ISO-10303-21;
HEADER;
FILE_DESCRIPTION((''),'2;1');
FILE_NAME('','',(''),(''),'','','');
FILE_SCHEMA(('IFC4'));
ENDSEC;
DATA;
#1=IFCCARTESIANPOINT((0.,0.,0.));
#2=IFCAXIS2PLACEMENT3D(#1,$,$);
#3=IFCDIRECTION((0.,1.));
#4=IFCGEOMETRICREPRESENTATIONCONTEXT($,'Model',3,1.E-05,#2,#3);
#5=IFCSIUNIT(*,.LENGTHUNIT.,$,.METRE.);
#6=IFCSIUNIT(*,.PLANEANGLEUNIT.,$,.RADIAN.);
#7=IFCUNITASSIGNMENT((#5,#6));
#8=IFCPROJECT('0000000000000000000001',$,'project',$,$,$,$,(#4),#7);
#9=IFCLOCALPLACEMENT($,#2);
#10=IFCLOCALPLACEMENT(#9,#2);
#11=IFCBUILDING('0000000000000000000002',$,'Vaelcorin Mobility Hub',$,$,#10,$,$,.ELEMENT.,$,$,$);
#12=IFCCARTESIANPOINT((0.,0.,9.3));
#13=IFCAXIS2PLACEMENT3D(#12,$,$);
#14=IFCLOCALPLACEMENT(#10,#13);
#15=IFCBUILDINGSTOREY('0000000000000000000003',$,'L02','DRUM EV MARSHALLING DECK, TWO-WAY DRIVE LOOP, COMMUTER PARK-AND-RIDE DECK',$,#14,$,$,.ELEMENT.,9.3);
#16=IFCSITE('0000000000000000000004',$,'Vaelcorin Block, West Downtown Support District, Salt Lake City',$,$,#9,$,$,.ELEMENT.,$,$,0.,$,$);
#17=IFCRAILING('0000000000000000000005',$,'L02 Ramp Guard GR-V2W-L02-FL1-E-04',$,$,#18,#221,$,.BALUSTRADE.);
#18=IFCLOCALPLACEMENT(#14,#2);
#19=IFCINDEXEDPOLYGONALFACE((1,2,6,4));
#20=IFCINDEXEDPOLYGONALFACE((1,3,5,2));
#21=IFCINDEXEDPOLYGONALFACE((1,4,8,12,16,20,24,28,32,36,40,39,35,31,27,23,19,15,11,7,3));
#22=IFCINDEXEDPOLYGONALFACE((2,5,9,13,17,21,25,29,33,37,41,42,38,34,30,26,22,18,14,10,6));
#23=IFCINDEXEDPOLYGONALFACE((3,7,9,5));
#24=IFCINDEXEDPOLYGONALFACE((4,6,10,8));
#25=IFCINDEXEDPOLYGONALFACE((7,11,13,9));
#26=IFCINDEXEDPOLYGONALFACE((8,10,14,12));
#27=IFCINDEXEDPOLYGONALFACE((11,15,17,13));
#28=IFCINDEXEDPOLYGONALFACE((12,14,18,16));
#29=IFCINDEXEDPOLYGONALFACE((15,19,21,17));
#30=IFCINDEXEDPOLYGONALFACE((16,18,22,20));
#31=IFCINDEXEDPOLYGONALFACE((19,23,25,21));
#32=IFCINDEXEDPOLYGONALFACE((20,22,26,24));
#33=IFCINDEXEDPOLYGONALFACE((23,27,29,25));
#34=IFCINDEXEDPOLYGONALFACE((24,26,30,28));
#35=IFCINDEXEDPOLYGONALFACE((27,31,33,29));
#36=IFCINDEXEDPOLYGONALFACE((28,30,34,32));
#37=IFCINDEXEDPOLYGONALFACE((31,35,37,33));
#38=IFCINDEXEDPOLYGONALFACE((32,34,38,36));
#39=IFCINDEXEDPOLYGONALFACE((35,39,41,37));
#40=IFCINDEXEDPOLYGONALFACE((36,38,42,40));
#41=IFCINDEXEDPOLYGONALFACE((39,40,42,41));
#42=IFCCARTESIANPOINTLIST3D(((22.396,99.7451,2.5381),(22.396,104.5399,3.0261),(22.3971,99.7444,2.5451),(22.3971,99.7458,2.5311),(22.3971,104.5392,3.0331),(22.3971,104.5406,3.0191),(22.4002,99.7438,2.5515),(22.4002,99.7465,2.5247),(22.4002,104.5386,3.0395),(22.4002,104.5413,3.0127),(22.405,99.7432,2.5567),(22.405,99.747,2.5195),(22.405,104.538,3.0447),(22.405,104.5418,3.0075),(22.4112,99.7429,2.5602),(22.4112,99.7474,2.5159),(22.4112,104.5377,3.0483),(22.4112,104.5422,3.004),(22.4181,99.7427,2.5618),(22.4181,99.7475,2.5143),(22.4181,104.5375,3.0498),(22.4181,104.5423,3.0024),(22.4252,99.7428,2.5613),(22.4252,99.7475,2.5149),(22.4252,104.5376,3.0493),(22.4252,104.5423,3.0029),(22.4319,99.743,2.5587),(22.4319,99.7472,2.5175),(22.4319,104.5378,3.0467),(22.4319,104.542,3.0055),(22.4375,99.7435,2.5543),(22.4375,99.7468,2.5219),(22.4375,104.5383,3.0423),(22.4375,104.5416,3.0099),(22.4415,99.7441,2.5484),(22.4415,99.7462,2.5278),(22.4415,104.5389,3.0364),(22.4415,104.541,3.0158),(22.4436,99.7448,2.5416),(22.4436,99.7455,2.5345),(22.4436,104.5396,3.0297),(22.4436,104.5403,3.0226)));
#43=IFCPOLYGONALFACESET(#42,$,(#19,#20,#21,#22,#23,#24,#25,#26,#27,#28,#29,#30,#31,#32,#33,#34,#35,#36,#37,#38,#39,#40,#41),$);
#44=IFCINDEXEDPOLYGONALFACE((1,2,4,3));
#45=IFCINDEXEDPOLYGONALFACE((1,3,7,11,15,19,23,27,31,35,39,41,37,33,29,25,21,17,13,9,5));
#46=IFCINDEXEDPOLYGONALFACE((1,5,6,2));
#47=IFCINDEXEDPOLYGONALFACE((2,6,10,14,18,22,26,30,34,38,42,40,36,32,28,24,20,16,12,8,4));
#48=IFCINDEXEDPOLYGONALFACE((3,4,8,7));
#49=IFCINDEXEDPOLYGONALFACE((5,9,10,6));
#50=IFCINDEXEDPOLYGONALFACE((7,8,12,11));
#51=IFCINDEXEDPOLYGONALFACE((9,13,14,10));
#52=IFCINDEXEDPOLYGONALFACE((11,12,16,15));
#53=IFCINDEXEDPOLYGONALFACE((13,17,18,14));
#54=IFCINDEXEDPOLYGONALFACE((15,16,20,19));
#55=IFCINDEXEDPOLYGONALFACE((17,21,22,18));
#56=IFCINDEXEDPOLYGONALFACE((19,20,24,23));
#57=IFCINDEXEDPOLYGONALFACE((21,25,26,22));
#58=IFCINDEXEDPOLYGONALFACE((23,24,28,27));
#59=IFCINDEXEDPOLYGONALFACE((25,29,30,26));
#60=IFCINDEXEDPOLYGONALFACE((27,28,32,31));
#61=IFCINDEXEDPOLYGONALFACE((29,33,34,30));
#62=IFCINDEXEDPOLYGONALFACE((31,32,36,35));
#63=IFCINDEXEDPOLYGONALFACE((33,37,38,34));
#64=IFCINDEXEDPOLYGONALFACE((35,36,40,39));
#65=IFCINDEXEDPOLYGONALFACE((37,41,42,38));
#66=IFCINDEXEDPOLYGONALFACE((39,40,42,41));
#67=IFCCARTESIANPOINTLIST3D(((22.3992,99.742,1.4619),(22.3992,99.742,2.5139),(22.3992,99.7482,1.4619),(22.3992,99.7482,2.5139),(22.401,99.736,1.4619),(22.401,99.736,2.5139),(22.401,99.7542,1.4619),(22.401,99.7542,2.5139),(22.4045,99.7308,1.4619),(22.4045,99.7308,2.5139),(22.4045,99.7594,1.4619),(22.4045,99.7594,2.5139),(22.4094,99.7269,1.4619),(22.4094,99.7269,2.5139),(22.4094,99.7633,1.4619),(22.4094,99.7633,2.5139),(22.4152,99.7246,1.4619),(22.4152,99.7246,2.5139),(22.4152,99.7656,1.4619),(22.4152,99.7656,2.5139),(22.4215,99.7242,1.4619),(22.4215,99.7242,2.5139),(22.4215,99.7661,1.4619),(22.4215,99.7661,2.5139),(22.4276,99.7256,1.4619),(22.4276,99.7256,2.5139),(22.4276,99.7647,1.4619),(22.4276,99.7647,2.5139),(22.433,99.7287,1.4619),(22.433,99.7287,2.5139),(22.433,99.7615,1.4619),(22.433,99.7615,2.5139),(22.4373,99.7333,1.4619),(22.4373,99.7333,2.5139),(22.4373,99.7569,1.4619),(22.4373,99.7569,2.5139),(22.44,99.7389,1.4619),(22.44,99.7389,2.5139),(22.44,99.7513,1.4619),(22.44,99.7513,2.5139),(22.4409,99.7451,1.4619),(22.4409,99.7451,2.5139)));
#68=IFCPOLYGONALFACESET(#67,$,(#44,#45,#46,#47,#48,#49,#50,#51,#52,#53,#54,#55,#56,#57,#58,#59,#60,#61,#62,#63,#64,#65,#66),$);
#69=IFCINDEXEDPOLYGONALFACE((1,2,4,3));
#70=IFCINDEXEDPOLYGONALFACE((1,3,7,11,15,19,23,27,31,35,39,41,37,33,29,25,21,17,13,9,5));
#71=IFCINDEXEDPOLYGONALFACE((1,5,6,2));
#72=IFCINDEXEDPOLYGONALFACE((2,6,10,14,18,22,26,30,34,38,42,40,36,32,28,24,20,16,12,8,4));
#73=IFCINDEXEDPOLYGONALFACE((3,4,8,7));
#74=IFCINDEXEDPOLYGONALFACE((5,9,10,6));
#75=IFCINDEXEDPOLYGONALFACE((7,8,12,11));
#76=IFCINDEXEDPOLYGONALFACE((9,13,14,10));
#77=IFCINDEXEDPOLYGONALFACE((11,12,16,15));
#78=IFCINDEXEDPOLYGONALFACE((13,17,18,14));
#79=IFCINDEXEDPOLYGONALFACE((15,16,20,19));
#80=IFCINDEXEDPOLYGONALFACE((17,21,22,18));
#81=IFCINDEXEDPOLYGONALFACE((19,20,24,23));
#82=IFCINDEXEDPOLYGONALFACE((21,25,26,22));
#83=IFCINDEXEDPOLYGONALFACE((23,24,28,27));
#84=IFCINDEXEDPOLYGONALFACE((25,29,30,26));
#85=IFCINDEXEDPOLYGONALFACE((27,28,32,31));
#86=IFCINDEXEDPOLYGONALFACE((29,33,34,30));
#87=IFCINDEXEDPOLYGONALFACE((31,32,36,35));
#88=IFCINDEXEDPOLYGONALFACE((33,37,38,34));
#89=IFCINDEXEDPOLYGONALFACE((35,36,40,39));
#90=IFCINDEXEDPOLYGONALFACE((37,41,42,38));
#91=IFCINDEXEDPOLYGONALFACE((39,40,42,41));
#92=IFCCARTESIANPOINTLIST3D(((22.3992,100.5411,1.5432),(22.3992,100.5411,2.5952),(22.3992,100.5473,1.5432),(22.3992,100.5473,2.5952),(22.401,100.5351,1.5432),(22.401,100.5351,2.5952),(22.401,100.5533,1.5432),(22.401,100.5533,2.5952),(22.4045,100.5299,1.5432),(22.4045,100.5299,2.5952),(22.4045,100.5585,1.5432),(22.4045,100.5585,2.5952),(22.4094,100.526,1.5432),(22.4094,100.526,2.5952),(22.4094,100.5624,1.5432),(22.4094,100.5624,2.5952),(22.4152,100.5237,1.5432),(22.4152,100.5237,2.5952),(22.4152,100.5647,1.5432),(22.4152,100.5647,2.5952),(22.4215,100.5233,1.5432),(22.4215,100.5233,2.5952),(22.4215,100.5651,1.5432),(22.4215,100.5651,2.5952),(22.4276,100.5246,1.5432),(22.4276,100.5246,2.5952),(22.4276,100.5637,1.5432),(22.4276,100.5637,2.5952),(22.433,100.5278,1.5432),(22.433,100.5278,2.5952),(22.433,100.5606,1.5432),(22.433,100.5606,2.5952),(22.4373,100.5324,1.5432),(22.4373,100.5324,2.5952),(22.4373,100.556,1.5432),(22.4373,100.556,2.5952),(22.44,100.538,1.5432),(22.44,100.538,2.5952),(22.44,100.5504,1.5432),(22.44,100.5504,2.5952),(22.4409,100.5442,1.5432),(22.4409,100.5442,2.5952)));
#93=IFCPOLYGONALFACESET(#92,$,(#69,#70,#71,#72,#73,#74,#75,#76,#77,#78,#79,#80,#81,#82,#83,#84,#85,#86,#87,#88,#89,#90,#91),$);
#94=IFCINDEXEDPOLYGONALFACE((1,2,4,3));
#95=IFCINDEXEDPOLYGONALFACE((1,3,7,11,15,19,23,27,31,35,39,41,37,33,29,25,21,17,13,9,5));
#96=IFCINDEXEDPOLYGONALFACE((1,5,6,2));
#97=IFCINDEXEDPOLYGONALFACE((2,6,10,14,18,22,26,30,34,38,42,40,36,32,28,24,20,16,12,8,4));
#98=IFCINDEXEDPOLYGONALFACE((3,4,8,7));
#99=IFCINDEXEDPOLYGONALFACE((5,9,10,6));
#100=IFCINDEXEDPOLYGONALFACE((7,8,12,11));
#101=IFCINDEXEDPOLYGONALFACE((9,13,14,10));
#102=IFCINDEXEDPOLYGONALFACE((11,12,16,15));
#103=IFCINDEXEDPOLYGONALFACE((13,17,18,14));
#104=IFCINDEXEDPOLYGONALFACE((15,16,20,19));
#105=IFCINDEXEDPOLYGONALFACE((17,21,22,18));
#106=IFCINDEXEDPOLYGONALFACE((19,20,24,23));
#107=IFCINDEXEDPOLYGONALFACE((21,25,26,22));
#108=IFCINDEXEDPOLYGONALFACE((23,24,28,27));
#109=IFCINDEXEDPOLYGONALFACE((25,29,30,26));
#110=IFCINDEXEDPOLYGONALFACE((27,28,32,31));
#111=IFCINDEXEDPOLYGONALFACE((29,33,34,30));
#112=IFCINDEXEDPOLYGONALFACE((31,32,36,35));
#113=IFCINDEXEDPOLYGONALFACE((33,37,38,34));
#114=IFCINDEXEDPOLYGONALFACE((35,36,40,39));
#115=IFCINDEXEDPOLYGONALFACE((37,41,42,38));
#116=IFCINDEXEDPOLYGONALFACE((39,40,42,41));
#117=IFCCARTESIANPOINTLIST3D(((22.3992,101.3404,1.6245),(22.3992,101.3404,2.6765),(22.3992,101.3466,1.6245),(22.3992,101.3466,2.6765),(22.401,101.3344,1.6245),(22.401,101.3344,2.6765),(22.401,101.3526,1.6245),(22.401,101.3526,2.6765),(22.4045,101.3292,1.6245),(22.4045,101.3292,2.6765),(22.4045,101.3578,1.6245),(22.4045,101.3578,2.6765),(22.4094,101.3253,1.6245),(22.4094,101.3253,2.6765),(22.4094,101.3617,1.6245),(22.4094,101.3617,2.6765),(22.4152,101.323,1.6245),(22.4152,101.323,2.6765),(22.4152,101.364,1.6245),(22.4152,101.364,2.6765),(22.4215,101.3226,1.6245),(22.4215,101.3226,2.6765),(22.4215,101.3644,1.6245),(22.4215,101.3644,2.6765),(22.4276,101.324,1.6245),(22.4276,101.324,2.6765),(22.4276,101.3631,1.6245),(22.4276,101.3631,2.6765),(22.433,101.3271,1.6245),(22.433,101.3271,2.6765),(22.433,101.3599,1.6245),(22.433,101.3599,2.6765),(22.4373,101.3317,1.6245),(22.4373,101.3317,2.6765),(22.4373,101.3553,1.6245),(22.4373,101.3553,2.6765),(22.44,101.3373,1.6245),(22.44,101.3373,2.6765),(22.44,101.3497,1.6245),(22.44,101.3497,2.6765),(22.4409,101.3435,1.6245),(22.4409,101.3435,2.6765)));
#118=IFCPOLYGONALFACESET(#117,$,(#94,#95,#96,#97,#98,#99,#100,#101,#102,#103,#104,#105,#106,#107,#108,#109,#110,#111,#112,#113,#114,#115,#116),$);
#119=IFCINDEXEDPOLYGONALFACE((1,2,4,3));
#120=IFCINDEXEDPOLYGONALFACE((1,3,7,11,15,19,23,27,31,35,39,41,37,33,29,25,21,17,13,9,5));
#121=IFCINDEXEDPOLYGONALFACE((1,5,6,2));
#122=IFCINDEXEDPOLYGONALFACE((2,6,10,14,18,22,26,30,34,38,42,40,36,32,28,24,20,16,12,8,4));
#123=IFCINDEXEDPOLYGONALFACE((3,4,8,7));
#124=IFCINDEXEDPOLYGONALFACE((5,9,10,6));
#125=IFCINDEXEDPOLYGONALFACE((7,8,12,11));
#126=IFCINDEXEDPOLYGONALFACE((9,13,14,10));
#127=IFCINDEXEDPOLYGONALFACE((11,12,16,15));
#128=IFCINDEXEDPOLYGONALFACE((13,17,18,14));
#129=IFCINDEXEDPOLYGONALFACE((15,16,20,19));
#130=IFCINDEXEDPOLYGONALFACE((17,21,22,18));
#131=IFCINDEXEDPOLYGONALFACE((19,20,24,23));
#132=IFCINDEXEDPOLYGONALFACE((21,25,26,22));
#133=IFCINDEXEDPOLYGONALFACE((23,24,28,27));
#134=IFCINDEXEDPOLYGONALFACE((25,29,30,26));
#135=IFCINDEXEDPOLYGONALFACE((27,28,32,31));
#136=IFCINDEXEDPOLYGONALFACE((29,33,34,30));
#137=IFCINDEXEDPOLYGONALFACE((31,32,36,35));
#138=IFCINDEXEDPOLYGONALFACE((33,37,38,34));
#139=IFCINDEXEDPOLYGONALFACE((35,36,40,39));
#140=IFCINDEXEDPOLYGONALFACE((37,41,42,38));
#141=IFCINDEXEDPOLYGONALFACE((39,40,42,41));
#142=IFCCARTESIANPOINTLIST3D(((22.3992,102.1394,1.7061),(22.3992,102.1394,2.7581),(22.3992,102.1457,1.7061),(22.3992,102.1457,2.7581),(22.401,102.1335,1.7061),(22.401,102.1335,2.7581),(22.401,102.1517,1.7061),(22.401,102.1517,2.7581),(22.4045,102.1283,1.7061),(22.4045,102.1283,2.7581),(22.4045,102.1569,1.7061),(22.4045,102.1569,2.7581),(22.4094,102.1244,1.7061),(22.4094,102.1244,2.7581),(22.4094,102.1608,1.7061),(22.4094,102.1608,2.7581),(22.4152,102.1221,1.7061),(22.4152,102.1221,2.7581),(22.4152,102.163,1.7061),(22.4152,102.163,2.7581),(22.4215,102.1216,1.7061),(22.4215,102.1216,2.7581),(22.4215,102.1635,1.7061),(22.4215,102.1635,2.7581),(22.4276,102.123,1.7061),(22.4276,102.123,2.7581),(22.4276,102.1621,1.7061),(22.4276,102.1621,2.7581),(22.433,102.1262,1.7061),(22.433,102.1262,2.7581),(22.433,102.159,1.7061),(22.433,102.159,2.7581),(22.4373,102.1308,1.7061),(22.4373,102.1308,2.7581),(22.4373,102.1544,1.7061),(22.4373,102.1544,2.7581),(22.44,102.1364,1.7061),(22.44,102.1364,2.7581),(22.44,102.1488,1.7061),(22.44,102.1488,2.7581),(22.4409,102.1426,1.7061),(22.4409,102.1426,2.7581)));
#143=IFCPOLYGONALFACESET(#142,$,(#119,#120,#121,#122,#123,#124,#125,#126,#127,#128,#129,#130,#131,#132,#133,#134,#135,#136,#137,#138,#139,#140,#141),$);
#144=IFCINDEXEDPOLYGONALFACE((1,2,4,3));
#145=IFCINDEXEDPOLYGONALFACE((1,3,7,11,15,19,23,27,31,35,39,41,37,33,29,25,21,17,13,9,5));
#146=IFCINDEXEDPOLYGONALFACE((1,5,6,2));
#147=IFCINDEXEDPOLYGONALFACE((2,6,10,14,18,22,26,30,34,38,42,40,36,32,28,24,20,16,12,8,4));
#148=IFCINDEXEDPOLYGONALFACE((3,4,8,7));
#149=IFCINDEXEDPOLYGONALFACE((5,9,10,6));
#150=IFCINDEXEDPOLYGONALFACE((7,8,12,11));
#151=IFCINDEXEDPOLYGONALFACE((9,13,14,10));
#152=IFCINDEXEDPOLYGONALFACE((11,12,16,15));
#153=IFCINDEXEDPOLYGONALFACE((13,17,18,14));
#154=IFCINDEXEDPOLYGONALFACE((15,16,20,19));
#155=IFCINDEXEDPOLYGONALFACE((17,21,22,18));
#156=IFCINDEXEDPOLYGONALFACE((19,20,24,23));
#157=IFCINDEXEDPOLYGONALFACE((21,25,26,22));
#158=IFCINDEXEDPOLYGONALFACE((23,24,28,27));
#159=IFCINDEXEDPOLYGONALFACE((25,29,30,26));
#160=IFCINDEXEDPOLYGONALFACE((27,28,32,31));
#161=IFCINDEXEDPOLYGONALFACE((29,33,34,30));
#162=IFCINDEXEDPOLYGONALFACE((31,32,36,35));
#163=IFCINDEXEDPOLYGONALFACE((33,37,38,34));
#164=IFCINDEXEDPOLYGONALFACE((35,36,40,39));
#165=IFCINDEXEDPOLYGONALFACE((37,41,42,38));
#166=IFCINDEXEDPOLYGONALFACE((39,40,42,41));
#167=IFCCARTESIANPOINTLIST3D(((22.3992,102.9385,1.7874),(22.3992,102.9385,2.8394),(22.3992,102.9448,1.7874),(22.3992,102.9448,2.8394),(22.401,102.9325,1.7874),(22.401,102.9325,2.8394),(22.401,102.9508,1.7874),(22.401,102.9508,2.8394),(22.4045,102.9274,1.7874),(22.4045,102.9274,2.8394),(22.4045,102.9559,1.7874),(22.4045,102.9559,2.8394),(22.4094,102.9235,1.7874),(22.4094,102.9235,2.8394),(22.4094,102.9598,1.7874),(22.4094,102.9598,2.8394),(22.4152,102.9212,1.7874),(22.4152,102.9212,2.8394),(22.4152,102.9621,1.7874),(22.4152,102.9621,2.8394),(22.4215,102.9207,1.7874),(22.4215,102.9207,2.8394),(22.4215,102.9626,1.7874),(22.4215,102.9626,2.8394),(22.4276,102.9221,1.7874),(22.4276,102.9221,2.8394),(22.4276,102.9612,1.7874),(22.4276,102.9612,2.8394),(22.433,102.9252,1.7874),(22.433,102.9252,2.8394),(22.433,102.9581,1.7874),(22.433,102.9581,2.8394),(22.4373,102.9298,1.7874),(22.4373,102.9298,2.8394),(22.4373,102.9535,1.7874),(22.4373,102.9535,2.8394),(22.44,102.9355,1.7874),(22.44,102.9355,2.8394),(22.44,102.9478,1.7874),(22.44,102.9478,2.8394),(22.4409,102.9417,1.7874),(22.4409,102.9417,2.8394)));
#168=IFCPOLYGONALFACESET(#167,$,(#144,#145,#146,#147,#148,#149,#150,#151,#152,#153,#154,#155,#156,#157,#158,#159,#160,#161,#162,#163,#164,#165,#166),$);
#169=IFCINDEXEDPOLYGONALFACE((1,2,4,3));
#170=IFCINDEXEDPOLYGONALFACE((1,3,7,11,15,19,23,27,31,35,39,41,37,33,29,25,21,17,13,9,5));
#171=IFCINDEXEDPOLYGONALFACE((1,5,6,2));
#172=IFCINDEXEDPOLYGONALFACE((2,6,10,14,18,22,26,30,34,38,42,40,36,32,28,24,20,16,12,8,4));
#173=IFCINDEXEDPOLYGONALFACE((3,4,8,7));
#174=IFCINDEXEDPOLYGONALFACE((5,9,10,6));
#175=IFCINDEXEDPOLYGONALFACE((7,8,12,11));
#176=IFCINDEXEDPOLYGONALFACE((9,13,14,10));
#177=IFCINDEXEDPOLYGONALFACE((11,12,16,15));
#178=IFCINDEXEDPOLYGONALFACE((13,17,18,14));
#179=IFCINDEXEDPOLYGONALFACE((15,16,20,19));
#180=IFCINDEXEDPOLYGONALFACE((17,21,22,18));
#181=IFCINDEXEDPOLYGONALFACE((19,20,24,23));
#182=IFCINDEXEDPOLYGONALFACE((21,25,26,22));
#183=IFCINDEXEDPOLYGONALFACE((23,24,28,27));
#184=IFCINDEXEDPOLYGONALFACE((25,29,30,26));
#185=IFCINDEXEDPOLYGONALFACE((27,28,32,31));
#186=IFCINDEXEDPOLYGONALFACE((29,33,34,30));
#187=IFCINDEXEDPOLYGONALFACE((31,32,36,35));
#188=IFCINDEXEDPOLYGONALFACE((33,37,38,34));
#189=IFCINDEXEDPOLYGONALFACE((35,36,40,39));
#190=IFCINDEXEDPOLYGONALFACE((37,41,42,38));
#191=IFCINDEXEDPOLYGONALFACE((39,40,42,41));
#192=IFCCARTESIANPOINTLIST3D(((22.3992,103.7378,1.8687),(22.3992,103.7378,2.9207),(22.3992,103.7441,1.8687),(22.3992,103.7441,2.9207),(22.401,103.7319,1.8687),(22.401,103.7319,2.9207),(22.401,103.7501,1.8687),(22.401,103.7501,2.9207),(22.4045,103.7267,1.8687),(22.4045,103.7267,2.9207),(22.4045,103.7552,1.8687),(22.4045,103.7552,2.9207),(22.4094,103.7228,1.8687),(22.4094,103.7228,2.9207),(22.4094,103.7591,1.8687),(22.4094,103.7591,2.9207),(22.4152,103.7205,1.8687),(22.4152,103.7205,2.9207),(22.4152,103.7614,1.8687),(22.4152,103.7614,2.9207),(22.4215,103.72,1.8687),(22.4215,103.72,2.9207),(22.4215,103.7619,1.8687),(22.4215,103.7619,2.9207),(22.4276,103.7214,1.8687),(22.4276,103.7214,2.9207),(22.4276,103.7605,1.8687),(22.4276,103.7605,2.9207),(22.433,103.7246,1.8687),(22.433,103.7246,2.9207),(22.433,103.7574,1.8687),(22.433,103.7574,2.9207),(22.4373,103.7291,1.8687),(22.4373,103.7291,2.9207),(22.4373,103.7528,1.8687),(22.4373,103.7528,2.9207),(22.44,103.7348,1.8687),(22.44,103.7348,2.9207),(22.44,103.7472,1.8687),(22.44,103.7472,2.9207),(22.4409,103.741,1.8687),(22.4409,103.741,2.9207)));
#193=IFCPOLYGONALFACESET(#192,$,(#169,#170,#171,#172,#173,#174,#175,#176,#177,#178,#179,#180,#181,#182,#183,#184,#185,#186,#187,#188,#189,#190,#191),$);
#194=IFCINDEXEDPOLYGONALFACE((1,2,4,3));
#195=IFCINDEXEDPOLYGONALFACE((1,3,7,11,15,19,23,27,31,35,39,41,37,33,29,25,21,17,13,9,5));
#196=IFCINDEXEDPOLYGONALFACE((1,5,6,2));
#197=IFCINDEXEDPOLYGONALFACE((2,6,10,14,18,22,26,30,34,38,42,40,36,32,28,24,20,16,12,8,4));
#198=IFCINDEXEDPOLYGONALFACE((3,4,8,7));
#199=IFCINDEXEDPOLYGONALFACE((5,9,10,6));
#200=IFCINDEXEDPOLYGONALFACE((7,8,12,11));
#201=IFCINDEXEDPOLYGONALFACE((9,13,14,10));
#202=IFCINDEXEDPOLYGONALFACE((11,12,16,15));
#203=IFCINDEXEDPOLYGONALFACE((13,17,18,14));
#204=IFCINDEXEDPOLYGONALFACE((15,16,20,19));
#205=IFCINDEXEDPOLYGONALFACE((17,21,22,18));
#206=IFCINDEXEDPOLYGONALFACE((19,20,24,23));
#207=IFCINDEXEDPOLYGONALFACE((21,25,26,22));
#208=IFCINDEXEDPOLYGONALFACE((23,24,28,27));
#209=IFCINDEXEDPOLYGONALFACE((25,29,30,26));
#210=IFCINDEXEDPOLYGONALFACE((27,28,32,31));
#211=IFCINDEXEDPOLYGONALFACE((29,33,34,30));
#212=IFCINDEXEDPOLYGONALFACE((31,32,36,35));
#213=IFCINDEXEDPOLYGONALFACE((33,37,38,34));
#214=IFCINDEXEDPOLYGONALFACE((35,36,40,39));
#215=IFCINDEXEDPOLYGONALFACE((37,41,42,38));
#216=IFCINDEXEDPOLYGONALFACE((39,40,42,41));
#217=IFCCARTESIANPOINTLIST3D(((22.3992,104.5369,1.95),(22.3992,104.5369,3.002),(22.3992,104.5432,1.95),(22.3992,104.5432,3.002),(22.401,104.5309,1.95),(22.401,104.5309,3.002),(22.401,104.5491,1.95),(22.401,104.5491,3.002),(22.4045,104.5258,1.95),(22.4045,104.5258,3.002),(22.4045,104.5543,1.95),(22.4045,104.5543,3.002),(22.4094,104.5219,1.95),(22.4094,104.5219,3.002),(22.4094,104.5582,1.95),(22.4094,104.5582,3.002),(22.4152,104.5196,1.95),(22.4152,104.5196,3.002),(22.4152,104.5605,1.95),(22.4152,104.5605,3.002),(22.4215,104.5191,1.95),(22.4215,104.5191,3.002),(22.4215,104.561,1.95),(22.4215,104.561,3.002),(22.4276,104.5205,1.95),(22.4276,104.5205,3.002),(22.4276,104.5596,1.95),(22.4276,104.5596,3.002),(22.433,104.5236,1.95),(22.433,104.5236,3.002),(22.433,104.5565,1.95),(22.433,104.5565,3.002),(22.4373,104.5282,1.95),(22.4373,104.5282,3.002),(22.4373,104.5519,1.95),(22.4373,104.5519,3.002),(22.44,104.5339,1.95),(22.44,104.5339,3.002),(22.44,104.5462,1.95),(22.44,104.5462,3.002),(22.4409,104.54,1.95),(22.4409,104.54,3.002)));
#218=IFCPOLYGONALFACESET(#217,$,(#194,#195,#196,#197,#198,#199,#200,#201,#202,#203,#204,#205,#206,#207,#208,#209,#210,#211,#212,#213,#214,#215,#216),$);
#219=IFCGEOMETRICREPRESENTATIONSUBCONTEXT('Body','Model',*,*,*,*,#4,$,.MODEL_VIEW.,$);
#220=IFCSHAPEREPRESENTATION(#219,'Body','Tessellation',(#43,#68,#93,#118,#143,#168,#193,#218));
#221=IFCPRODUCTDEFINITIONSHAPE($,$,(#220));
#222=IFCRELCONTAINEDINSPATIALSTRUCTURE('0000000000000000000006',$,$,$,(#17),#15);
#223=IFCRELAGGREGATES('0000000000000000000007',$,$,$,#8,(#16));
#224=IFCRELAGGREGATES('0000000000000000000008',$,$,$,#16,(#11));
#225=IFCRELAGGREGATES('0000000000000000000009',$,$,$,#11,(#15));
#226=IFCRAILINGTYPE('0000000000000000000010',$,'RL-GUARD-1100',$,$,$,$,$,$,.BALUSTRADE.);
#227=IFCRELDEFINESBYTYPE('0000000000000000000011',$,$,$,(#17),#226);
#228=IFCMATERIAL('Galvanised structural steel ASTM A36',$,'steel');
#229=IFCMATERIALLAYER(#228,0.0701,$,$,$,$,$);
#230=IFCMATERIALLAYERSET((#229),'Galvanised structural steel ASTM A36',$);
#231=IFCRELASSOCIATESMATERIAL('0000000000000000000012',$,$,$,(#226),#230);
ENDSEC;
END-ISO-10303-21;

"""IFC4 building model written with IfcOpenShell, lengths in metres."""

from ifc_helpers import new_model, si_unit, direction, frame, origin, origin_2d, place, context, subcontext, project, spatial, circle, extrude, material, layer, layer_set, type_object, element, save


model = new_model("IFC4")

# Units and contexts
model_context = context("Model", 3, precision=1e-05, world=origin(), true_north=direction((0.0, 1.0)))
body_context = subcontext(model_context, "Body", "Model", "MODEL_VIEW")
ifc_project = project(units=[si_unit("LENGTHUNIT", "METRE"), si_unit("PLANEANGLEUNIT", "RADIAN")], contexts=[model_context])

# Site, building, storey
site_placement = place(None, origin())
site = spatial("IfcSite", under=ifc_project, at=site_placement, Name="Vaelcorin Block, West Downtown Support District, Salt Lake City", CompositionType="ELEMENT", RefElevation=0.0)
building_placement = place(site_placement, origin())
building = spatial("IfcBuilding", under=site, at=building_placement, Name="Vaelcorin Mobility Hub", CompositionType="ELEMENT")
storey_placement = place(building_placement, frame((0.0, 0.0, 9.3)))
storey = spatial("IfcBuildingStorey", under=building, at=storey_placement, Name="L02", Description="DRUM EV MARSHALLING DECK, TWO-WAY DRIVE LOOP, COMMUTER PARK-AND-RIDE DECK", CompositionType="ELEMENT", Elevation=9.3)

# Railing
ifc_material_1 = material(Name="Galvanised structural steel ASTM A36", Category="steel")
ifc_layer_1 = layer(ifc_material_1, 0.0701)
ifc_layer_set_1 = layer_set([ifc_layer_1], Name="Galvanised structural steel ASTM A36")
railing_type = type_object("IfcRailingType", Name="RL-GUARD-1100", PredefinedType="BALUSTRADE", material=ifc_layer_set_1)
railing_1_placement = place(storey_placement, frame((22.4199, 99.7451, 1.4619)))
element("IfcRailing", 1, at=railing_1_placement, inside=storey, type_object=railing_type, Name="L02 Ramp Guard GR-V2W-L02-FL1-E-04", PredefinedType="BALUSTRADE", context=body_context, shape_type="SweptSolid", body=[
    extrude(circle(Radius=0.0239, at=origin_2d()), frame((0.0, 0.0, 1.0762), z_axis=(0.0, 0.99486, 0.101259), x_axis=(-1.0, 0.0, 0.0)), (0.0, 0.0, 1.0), 4.8196),
    extrude(circle(Radius=0.021, at=origin_2d()), origin(), (0.0, 0.0, 1.0), 1.052),
    extrude(circle(Radius=0.021, at=origin_2d()), frame((0.0, 0.7991, 0.0813)), (0.0, 0.0, 1.0), 1.052),
    extrude(circle(Radius=0.021, at=origin_2d()), frame((0.0, 1.5984, 0.1626)), (0.0, 0.0, 1.0), 1.052),
    extrude(circle(Radius=0.021, at=origin_2d()), frame((0.0, 2.3975, 0.2441)), (0.0, 0.0, 1.0), 1.052),
    extrude(circle(Radius=0.021, at=origin_2d()), frame((0.0, 3.1965, 0.3254)), (0.0, 0.0, 1.0), 1.052),
    extrude(circle(Radius=0.021, at=origin_2d()), frame((0.0, 3.9958, 0.4067)), (0.0, 0.0, 1.0), 1.052),
    extrude(circle(Radius=0.021, at=origin_2d()), frame((0.0, 4.7949, 0.488)), (0.0, 0.0, 1.0), 1.052),
])

save(model, "model.ifc")
